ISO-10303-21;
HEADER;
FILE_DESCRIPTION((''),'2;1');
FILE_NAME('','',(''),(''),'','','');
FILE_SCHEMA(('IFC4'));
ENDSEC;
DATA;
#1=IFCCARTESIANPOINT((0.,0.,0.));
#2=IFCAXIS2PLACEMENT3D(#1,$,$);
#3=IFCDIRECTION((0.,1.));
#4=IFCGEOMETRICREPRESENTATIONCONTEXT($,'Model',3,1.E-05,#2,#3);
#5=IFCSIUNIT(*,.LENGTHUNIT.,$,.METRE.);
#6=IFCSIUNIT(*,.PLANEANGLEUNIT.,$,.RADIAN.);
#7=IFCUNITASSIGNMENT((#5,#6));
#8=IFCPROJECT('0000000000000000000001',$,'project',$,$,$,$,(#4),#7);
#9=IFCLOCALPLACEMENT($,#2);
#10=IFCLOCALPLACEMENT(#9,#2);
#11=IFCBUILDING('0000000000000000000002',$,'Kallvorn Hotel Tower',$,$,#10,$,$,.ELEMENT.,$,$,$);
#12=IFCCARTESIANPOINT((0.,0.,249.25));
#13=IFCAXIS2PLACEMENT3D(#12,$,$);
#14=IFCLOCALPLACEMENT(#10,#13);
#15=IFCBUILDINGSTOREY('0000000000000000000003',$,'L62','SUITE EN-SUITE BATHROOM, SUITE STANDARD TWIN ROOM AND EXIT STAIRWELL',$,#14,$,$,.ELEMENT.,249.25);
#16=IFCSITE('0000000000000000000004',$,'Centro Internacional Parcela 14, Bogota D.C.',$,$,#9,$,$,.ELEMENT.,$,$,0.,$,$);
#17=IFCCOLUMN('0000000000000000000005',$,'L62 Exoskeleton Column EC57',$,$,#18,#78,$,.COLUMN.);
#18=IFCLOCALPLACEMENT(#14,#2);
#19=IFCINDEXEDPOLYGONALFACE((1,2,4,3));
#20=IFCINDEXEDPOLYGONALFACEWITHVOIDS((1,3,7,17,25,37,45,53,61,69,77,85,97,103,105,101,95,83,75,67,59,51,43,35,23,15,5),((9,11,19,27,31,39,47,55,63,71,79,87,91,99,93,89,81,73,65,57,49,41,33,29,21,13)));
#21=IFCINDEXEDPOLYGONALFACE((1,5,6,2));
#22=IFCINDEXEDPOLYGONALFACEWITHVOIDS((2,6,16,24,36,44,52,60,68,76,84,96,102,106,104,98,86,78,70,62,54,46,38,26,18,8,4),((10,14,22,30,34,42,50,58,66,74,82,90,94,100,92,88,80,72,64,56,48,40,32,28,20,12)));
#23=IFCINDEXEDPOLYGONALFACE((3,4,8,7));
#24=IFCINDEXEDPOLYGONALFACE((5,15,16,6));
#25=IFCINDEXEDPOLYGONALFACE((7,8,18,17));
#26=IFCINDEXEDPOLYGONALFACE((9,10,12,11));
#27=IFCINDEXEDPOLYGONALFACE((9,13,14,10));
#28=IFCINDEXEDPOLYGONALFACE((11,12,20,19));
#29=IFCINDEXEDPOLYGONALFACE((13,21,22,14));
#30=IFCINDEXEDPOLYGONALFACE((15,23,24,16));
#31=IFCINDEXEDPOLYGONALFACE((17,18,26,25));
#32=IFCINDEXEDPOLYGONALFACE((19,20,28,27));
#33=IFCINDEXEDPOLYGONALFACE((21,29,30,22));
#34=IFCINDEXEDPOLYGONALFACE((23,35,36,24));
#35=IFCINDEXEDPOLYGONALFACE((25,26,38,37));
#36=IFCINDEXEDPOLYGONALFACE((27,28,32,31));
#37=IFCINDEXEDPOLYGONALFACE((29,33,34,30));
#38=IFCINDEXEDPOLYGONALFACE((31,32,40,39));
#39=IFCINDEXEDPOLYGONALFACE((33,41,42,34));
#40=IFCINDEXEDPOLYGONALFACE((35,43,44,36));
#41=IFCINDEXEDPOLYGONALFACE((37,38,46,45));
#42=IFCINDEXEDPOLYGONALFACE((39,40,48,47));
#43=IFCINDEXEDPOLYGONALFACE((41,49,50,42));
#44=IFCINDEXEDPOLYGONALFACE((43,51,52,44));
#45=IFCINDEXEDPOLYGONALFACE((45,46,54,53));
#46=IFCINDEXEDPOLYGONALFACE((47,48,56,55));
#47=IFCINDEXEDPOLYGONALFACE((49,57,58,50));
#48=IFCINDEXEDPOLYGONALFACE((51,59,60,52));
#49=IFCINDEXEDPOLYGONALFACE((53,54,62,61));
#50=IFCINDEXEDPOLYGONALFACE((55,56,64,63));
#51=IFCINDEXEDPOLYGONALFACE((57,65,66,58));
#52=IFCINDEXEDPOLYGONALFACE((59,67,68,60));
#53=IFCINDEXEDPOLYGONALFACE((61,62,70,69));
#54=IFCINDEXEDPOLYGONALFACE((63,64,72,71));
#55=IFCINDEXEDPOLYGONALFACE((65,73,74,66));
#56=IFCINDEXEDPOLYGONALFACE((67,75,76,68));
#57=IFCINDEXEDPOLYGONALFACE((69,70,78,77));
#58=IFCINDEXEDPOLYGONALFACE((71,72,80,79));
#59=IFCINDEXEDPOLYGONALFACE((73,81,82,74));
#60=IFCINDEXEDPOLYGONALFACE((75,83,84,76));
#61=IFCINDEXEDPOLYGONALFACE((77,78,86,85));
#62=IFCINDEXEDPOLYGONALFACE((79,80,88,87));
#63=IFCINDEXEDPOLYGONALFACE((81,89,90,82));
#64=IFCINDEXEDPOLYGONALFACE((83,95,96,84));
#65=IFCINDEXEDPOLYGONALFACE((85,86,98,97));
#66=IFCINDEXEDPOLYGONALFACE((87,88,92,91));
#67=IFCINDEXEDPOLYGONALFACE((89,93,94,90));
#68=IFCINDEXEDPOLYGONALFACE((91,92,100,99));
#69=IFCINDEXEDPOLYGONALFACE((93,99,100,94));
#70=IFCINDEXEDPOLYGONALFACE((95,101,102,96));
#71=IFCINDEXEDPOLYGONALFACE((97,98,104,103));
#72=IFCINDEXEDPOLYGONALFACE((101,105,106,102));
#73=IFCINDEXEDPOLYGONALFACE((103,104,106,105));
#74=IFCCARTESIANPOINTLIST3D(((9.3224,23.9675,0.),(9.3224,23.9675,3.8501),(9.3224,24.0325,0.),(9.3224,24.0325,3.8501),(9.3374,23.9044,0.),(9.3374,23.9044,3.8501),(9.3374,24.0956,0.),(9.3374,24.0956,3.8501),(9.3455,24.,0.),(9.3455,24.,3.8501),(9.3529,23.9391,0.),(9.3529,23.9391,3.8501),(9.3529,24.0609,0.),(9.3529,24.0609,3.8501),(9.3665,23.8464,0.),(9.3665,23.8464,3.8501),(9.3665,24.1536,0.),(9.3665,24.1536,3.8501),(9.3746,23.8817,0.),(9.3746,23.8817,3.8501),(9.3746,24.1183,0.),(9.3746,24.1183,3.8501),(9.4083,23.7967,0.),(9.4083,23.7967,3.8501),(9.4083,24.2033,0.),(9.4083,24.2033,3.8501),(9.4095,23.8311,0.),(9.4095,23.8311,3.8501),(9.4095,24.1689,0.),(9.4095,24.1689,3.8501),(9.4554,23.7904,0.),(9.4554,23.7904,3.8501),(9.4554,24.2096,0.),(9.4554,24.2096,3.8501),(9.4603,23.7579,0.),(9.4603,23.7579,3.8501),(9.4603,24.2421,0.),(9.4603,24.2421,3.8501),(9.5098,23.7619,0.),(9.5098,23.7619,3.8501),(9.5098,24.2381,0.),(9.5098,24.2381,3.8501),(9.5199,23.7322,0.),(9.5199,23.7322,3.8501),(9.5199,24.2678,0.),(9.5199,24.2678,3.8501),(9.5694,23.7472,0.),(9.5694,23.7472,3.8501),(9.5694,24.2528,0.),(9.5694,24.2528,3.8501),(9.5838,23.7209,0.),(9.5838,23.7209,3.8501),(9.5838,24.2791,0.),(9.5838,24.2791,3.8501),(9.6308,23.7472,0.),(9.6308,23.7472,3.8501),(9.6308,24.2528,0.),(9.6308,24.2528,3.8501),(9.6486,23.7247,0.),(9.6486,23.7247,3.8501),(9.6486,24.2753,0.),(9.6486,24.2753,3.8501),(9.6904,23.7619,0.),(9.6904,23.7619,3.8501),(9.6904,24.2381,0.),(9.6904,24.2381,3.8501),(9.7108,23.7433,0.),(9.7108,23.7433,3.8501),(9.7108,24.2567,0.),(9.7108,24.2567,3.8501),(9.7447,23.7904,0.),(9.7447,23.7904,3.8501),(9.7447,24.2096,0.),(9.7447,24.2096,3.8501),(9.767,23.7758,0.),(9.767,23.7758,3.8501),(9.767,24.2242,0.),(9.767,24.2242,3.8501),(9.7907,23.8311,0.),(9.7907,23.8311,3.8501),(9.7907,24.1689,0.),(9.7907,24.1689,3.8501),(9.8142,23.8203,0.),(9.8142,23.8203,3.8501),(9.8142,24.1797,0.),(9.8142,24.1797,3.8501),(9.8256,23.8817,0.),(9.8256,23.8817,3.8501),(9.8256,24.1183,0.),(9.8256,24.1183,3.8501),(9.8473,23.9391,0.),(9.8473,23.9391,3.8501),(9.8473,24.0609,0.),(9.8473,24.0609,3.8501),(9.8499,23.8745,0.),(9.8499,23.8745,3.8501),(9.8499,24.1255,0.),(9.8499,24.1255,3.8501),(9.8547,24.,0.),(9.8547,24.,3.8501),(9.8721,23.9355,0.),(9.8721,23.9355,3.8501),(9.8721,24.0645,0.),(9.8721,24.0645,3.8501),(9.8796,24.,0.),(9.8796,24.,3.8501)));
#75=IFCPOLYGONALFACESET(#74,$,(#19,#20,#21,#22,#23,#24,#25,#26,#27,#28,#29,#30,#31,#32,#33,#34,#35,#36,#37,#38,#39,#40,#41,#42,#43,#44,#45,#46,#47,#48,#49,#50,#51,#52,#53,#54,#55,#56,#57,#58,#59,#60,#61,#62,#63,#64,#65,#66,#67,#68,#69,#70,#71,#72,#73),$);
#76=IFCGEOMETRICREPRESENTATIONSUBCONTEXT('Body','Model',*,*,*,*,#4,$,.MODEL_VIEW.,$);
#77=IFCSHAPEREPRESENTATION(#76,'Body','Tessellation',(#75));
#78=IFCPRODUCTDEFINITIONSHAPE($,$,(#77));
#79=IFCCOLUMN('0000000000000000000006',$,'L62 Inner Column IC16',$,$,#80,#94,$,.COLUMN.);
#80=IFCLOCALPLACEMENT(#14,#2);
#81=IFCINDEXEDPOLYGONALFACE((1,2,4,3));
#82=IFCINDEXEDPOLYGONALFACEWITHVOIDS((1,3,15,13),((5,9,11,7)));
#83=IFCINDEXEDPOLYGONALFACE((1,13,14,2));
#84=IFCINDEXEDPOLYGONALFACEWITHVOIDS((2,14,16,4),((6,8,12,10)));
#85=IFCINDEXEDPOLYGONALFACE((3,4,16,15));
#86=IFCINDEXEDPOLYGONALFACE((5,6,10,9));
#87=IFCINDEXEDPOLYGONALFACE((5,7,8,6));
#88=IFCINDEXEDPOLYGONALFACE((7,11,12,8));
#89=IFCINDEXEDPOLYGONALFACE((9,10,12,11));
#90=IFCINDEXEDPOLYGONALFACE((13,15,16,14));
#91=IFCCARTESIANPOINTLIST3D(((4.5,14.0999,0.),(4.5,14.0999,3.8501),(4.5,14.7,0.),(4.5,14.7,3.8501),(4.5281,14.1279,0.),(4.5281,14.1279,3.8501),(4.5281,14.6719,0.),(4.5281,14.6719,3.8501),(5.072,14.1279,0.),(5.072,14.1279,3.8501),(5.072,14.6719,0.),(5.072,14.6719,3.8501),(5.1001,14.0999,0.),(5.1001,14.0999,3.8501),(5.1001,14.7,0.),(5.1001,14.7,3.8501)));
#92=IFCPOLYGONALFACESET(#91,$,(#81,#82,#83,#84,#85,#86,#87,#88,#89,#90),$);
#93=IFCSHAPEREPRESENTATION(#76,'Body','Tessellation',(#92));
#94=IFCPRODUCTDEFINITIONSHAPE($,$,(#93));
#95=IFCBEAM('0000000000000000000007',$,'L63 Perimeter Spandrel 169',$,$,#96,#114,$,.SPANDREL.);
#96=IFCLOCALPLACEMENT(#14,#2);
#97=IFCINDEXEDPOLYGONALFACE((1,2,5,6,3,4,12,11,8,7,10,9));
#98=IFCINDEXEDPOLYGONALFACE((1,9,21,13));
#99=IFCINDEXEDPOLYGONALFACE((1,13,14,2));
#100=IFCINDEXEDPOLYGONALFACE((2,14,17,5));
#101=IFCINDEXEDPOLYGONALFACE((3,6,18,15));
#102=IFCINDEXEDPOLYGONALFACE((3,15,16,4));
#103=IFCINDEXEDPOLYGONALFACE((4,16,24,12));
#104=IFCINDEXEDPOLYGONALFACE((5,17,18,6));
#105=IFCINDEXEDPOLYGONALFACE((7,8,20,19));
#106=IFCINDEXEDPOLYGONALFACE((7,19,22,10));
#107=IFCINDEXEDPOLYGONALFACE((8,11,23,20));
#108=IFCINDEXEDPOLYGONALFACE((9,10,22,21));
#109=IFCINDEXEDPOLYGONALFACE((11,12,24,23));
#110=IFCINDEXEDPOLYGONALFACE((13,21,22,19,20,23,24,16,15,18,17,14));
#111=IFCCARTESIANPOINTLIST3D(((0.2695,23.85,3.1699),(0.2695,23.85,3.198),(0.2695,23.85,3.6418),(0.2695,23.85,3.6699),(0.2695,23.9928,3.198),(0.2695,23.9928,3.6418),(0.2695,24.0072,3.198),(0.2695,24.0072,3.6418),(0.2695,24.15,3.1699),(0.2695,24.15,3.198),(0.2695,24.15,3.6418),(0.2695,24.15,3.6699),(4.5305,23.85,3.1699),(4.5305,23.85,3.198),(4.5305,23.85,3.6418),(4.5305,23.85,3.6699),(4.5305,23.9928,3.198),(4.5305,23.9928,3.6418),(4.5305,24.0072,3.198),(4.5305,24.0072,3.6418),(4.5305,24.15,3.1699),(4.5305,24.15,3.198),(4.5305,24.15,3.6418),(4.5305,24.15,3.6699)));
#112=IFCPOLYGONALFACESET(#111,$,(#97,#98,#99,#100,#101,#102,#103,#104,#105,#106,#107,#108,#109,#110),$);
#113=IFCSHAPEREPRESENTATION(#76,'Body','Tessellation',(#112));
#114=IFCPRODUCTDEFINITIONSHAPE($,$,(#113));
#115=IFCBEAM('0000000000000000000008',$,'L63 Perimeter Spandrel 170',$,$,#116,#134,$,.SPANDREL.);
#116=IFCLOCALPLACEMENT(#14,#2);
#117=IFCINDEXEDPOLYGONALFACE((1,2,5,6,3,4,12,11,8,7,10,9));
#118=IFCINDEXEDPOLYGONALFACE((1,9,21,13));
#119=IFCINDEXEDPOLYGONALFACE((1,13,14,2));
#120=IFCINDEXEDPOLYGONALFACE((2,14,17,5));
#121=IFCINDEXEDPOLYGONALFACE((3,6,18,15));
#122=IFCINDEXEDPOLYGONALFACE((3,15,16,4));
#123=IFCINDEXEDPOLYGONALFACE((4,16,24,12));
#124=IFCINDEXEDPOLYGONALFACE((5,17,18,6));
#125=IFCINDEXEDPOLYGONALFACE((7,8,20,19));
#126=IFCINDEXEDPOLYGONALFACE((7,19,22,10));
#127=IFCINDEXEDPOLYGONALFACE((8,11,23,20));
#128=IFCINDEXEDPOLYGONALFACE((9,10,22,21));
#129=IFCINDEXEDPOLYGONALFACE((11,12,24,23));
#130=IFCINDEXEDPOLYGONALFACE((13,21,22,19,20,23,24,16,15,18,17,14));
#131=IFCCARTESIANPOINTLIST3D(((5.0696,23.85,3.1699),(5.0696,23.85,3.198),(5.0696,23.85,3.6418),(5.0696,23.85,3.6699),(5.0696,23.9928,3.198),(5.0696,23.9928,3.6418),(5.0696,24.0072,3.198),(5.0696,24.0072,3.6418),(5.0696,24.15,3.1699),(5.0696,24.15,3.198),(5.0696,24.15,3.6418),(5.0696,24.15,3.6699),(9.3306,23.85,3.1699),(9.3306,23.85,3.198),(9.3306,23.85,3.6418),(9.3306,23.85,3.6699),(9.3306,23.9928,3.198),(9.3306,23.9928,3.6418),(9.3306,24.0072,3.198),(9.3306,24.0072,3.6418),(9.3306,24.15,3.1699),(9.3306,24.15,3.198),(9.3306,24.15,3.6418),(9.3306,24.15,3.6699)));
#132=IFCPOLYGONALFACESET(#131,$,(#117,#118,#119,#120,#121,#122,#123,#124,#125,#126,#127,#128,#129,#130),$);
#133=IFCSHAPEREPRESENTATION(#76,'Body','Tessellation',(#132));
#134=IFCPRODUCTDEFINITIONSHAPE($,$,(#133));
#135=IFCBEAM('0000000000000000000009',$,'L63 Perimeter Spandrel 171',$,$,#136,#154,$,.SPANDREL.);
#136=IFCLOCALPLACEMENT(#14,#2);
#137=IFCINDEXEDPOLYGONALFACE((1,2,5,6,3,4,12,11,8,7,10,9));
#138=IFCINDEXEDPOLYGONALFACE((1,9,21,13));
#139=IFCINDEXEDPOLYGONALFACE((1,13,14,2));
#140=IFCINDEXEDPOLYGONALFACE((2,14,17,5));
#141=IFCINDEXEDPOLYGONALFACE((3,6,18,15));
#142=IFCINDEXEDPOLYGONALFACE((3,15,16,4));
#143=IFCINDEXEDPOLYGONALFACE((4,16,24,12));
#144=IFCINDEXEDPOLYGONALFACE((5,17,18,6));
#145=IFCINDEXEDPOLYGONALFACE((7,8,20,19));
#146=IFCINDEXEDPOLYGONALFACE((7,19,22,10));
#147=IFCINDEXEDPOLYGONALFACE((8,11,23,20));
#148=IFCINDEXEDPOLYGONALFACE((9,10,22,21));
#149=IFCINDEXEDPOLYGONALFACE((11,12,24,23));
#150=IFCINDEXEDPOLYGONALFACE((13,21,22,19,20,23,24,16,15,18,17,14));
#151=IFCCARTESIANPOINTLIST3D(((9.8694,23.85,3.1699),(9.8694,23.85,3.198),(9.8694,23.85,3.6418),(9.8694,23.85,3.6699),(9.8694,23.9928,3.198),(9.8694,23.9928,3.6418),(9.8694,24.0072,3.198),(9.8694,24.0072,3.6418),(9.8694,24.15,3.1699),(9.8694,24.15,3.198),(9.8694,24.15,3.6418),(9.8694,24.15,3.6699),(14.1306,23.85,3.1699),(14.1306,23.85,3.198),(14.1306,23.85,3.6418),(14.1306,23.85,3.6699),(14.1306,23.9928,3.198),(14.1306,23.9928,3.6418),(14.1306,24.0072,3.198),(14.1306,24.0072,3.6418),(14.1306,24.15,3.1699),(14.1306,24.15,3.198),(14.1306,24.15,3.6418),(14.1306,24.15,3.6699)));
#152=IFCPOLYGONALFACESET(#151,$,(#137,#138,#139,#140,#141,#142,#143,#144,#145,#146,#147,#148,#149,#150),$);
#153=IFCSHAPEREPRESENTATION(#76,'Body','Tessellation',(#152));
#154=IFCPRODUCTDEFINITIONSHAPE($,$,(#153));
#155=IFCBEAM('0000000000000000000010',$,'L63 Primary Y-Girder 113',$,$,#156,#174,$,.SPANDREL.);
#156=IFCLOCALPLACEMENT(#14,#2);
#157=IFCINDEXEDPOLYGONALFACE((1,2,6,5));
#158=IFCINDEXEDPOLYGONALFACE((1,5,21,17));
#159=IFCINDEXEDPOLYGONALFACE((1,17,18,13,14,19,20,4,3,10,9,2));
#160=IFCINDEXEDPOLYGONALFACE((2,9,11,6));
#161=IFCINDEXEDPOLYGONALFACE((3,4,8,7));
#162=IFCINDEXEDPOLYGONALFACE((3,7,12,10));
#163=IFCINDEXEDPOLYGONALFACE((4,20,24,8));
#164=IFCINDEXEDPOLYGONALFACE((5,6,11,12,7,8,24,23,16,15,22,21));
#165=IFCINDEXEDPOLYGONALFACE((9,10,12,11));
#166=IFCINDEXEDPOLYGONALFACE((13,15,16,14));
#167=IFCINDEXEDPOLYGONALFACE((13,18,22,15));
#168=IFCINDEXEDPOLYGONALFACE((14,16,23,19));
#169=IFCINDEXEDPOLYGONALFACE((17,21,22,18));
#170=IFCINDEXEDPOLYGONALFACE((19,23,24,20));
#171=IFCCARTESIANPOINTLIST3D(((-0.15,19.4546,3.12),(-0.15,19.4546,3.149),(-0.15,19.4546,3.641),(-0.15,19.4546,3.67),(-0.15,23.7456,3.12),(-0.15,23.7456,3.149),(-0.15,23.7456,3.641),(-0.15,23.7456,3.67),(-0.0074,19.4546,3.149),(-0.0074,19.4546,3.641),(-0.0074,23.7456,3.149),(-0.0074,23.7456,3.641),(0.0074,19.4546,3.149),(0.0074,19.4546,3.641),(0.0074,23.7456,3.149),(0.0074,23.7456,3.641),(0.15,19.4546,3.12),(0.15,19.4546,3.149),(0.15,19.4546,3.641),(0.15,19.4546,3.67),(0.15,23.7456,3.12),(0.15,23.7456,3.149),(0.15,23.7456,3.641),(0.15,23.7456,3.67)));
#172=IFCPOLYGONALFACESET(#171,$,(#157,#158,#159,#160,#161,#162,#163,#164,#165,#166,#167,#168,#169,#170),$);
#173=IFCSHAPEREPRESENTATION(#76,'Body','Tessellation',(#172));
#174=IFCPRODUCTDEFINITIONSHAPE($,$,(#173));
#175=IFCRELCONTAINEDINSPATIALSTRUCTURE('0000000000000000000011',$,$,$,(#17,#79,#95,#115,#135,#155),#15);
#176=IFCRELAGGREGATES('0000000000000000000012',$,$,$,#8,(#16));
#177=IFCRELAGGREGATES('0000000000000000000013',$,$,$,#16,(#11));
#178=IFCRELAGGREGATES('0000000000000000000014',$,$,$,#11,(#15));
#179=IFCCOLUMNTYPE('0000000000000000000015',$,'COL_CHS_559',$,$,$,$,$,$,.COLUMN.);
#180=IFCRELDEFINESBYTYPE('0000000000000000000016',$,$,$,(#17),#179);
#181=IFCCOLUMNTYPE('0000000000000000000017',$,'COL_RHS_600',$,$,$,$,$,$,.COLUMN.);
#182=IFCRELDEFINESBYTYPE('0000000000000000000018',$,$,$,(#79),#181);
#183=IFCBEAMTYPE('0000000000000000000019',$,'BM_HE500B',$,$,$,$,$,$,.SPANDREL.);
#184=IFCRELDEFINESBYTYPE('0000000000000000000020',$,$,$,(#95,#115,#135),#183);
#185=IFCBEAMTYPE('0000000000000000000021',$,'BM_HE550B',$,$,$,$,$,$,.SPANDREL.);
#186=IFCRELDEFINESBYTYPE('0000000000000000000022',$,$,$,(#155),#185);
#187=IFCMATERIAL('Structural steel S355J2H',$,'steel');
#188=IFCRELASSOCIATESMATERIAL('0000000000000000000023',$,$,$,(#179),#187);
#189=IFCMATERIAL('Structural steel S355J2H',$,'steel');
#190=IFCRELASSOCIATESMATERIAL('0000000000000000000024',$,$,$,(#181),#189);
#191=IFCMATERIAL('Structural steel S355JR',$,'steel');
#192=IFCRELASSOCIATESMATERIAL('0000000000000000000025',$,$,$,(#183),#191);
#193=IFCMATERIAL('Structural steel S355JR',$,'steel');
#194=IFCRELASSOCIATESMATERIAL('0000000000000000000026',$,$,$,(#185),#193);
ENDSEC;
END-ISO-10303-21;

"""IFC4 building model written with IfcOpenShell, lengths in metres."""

from ifc_helpers import new_model, si_unit, direction, frame, origin, origin_2d, place, context, subcontext, project, spatial, hollow_rectangle, hollow_circle, i_section, extrude, material, material_profile, profile_set, type_object, element, save


model = new_model("IFC4")

# Units and contexts
model_context = context("Model", 3, precision=1e-05, world=origin(), true_north=direction((0.0, 1.0)))
body_context = subcontext(model_context, "Body", "Model", "MODEL_VIEW")
ifc_project = project(units=[si_unit("LENGTHUNIT", "METRE"), si_unit("PLANEANGLEUNIT", "RADIAN")], contexts=[model_context])

# Site, building, storey
site_placement = place(None, origin())
site = spatial("IfcSite", under=ifc_project, at=site_placement, Name="Centro Internacional Parcela 14, Bogota D.C.", CompositionType="ELEMENT", RefElevation=0.0)
building_placement = place(site_placement, origin())
building = spatial("IfcBuilding", under=site, at=building_placement, Name="Kallvorn Hotel Tower", CompositionType="ELEMENT")
storey_placement = place(building_placement, frame((0.0, 0.0, 249.25)))
storey = spatial("IfcBuildingStorey", under=building, at=storey_placement, Name="L62", Description="SUITE EN-SUITE BATHROOM, SUITE STANDARD TWIN ROOM AND EXIT STAIRWELL", CompositionType="ELEMENT", Elevation=249.25)

# Columns
ifc_material_1 = material(Name="Structural steel S355J2H", Category="steel")
ifc_material_profile_1 = material_profile(ifc_material_1, hollow_circle(Radius=0.2795, WallThickness=0.0249, at=origin_2d()), Name="CHS 559x25")
ifc_profile_set_1 = profile_set([ifc_material_profile_1], Name="Structural steel S355J2H")
column_type_1 = type_object("IfcColumnType", Name="COL_CHS_559", PredefinedType="COLUMN", material=ifc_profile_set_1)
for number, where, z_axis, x_axis, name in (
    (1, (9.6001, 24.0, 0.0), (0.0, 0.0, 1.0), (1.0, 0.0, 0.0), "L62 Exoskeleton Column EC57"),
):
    element("IfcColumn", number, at=place(storey_placement, frame(where, z_axis=z_axis, x_axis=x_axis)), inside=storey, type_object=column_type_1, Name=name, PredefinedType="COLUMN", context=body_context, shape_type="SweptSolid", body=[
        extrude(hollow_circle(Radius=0.2795, WallThickness=0.0249, at=origin_2d()), origin(), (0.0, 0.0, 1.0), 3.8501),
    ])
ifc_material_2 = material(Name="Structural steel S355J2H", Category="steel")
ifc_material_profile_2 = material_profile(ifc_material_2, hollow_rectangle(XDim=0.6001, YDim=0.6001, WallThickness=0.0281, at=origin_2d()), Name="RHS 600x600x28")
ifc_profile_set_2 = profile_set([ifc_material_profile_2], Name="Structural steel S355J2H")
column_type_2 = type_object("IfcColumnType", Name="COL_RHS_600", PredefinedType="COLUMN", material=ifc_profile_set_2)
column_placement = place(storey_placement, frame((4.8, 14.3999, 0.0), z_axis=(0.0, 0.0, 1.0), x_axis=(1.0, 0.0, 0.0)))
element("IfcColumn", 2, at=column_placement, inside=storey, type_object=column_type_2, Name="L62 Inner Column IC16", PredefinedType="COLUMN", context=body_context, shape_type="SweptSolid", body=[
    extrude(hollow_rectangle(XDim=0.6001, YDim=0.6001, WallThickness=0.0281, at=origin_2d()), origin(), (0.0, 0.0, 1.0), 3.8501),
])

# Beams
ifc_material_3 = material(Name="Structural steel S355JR", Category="steel")
ifc_material_profile_3 = material_profile(ifc_material_3, i_section(OverallWidth=0.3, OverallDepth=0.5, WebThickness=0.0144, FlangeThickness=0.0281, at=origin_2d()), Name="HE 500 B")
ifc_profile_set_3 = profile_set([ifc_material_profile_3], Name="Structural steel S355JR")
beam_type_1 = type_object("IfcBeamType", Name="BM_HE500B", PredefinedType="SPANDREL", material=ifc_profile_set_3)
for number, where, z_axis, x_axis, name in (
    (3, (0.2695, 24.0, 3.4199), (1.0, 0.0, 0.0), (0.0, 1.0, 0.0), "L63 Perimeter Spandrel 169"),
    (4, (5.0696, 24.0, 3.4199), (1.0, 0.0, 0.0), (0.0, 1.0, 0.0), "L63 Perimeter Spandrel 170"),
):
    element("IfcBeam", number, at=place(storey_placement, frame(where, z_axis=z_axis, x_axis=x_axis)), inside=storey, type_object=beam_type_1, Name=name, PredefinedType="SPANDREL", context=body_context, shape_type="SweptSolid", body=[
        extrude(i_section(OverallWidth=0.3, OverallDepth=0.5, WebThickness=0.0144, FlangeThickness=0.0281, at=origin_2d()), origin(), (0.0, 0.0, 1.0), 4.261),
    ])
beam_1_placement = place(storey_placement, frame((9.8694, 24.0, 3.4199), z_axis=(1.0, 0.0, 0.0), x_axis=(0.0, 1.0, 0.0)))
element("IfcBeam", 5, at=beam_1_placement, inside=storey, type_object=beam_type_1, Name="L63 Perimeter Spandrel 171", PredefinedType="SPANDREL", context=body_context, shape_type="SweptSolid", body=[
    extrude(i_section(OverallWidth=0.3, OverallDepth=0.5, WebThickness=0.0144, FlangeThickness=0.0281, at=origin_2d()), origin(), (0.0, 0.0, 1.0), 4.2612),
])
ifc_material_4 = material(Name="Structural steel S355JR", Category="steel")
ifc_material_profile_4 = material_profile(ifc_material_4, i_section(OverallWidth=0.3, OverallDepth=0.55, WebThickness=0.0149, FlangeThickness=0.0291, at=origin_2d()), Name="HE 550 B")
ifc_profile_set_4 = profile_set([ifc_material_profile_4], Name="Structural steel S355JR")
beam_type_2 = type_object("IfcBeamType", Name="BM_HE550B", PredefinedType="SPANDREL", material=ifc_profile_set_4)
beam_2_placement = place(storey_placement, frame((0.0, 19.4546, 3.395), z_axis=(0.0, 1.0, 0.0), x_axis=(-1.0, 0.0, 0.0)))
element("IfcBeam", 6, at=beam_2_placement, inside=storey, type_object=beam_type_2, Name="L63 Primary Y-Girder 113", PredefinedType="SPANDREL", context=body_context, shape_type="SweptSolid", body=[
    extrude(i_section(OverallWidth=0.3, OverallDepth=0.55, WebThickness=0.0149, FlangeThickness=0.0291, at=origin_2d()), origin(), (0.0, 0.0, 1.0), 4.291),
])

save(model, "model.ifc")
